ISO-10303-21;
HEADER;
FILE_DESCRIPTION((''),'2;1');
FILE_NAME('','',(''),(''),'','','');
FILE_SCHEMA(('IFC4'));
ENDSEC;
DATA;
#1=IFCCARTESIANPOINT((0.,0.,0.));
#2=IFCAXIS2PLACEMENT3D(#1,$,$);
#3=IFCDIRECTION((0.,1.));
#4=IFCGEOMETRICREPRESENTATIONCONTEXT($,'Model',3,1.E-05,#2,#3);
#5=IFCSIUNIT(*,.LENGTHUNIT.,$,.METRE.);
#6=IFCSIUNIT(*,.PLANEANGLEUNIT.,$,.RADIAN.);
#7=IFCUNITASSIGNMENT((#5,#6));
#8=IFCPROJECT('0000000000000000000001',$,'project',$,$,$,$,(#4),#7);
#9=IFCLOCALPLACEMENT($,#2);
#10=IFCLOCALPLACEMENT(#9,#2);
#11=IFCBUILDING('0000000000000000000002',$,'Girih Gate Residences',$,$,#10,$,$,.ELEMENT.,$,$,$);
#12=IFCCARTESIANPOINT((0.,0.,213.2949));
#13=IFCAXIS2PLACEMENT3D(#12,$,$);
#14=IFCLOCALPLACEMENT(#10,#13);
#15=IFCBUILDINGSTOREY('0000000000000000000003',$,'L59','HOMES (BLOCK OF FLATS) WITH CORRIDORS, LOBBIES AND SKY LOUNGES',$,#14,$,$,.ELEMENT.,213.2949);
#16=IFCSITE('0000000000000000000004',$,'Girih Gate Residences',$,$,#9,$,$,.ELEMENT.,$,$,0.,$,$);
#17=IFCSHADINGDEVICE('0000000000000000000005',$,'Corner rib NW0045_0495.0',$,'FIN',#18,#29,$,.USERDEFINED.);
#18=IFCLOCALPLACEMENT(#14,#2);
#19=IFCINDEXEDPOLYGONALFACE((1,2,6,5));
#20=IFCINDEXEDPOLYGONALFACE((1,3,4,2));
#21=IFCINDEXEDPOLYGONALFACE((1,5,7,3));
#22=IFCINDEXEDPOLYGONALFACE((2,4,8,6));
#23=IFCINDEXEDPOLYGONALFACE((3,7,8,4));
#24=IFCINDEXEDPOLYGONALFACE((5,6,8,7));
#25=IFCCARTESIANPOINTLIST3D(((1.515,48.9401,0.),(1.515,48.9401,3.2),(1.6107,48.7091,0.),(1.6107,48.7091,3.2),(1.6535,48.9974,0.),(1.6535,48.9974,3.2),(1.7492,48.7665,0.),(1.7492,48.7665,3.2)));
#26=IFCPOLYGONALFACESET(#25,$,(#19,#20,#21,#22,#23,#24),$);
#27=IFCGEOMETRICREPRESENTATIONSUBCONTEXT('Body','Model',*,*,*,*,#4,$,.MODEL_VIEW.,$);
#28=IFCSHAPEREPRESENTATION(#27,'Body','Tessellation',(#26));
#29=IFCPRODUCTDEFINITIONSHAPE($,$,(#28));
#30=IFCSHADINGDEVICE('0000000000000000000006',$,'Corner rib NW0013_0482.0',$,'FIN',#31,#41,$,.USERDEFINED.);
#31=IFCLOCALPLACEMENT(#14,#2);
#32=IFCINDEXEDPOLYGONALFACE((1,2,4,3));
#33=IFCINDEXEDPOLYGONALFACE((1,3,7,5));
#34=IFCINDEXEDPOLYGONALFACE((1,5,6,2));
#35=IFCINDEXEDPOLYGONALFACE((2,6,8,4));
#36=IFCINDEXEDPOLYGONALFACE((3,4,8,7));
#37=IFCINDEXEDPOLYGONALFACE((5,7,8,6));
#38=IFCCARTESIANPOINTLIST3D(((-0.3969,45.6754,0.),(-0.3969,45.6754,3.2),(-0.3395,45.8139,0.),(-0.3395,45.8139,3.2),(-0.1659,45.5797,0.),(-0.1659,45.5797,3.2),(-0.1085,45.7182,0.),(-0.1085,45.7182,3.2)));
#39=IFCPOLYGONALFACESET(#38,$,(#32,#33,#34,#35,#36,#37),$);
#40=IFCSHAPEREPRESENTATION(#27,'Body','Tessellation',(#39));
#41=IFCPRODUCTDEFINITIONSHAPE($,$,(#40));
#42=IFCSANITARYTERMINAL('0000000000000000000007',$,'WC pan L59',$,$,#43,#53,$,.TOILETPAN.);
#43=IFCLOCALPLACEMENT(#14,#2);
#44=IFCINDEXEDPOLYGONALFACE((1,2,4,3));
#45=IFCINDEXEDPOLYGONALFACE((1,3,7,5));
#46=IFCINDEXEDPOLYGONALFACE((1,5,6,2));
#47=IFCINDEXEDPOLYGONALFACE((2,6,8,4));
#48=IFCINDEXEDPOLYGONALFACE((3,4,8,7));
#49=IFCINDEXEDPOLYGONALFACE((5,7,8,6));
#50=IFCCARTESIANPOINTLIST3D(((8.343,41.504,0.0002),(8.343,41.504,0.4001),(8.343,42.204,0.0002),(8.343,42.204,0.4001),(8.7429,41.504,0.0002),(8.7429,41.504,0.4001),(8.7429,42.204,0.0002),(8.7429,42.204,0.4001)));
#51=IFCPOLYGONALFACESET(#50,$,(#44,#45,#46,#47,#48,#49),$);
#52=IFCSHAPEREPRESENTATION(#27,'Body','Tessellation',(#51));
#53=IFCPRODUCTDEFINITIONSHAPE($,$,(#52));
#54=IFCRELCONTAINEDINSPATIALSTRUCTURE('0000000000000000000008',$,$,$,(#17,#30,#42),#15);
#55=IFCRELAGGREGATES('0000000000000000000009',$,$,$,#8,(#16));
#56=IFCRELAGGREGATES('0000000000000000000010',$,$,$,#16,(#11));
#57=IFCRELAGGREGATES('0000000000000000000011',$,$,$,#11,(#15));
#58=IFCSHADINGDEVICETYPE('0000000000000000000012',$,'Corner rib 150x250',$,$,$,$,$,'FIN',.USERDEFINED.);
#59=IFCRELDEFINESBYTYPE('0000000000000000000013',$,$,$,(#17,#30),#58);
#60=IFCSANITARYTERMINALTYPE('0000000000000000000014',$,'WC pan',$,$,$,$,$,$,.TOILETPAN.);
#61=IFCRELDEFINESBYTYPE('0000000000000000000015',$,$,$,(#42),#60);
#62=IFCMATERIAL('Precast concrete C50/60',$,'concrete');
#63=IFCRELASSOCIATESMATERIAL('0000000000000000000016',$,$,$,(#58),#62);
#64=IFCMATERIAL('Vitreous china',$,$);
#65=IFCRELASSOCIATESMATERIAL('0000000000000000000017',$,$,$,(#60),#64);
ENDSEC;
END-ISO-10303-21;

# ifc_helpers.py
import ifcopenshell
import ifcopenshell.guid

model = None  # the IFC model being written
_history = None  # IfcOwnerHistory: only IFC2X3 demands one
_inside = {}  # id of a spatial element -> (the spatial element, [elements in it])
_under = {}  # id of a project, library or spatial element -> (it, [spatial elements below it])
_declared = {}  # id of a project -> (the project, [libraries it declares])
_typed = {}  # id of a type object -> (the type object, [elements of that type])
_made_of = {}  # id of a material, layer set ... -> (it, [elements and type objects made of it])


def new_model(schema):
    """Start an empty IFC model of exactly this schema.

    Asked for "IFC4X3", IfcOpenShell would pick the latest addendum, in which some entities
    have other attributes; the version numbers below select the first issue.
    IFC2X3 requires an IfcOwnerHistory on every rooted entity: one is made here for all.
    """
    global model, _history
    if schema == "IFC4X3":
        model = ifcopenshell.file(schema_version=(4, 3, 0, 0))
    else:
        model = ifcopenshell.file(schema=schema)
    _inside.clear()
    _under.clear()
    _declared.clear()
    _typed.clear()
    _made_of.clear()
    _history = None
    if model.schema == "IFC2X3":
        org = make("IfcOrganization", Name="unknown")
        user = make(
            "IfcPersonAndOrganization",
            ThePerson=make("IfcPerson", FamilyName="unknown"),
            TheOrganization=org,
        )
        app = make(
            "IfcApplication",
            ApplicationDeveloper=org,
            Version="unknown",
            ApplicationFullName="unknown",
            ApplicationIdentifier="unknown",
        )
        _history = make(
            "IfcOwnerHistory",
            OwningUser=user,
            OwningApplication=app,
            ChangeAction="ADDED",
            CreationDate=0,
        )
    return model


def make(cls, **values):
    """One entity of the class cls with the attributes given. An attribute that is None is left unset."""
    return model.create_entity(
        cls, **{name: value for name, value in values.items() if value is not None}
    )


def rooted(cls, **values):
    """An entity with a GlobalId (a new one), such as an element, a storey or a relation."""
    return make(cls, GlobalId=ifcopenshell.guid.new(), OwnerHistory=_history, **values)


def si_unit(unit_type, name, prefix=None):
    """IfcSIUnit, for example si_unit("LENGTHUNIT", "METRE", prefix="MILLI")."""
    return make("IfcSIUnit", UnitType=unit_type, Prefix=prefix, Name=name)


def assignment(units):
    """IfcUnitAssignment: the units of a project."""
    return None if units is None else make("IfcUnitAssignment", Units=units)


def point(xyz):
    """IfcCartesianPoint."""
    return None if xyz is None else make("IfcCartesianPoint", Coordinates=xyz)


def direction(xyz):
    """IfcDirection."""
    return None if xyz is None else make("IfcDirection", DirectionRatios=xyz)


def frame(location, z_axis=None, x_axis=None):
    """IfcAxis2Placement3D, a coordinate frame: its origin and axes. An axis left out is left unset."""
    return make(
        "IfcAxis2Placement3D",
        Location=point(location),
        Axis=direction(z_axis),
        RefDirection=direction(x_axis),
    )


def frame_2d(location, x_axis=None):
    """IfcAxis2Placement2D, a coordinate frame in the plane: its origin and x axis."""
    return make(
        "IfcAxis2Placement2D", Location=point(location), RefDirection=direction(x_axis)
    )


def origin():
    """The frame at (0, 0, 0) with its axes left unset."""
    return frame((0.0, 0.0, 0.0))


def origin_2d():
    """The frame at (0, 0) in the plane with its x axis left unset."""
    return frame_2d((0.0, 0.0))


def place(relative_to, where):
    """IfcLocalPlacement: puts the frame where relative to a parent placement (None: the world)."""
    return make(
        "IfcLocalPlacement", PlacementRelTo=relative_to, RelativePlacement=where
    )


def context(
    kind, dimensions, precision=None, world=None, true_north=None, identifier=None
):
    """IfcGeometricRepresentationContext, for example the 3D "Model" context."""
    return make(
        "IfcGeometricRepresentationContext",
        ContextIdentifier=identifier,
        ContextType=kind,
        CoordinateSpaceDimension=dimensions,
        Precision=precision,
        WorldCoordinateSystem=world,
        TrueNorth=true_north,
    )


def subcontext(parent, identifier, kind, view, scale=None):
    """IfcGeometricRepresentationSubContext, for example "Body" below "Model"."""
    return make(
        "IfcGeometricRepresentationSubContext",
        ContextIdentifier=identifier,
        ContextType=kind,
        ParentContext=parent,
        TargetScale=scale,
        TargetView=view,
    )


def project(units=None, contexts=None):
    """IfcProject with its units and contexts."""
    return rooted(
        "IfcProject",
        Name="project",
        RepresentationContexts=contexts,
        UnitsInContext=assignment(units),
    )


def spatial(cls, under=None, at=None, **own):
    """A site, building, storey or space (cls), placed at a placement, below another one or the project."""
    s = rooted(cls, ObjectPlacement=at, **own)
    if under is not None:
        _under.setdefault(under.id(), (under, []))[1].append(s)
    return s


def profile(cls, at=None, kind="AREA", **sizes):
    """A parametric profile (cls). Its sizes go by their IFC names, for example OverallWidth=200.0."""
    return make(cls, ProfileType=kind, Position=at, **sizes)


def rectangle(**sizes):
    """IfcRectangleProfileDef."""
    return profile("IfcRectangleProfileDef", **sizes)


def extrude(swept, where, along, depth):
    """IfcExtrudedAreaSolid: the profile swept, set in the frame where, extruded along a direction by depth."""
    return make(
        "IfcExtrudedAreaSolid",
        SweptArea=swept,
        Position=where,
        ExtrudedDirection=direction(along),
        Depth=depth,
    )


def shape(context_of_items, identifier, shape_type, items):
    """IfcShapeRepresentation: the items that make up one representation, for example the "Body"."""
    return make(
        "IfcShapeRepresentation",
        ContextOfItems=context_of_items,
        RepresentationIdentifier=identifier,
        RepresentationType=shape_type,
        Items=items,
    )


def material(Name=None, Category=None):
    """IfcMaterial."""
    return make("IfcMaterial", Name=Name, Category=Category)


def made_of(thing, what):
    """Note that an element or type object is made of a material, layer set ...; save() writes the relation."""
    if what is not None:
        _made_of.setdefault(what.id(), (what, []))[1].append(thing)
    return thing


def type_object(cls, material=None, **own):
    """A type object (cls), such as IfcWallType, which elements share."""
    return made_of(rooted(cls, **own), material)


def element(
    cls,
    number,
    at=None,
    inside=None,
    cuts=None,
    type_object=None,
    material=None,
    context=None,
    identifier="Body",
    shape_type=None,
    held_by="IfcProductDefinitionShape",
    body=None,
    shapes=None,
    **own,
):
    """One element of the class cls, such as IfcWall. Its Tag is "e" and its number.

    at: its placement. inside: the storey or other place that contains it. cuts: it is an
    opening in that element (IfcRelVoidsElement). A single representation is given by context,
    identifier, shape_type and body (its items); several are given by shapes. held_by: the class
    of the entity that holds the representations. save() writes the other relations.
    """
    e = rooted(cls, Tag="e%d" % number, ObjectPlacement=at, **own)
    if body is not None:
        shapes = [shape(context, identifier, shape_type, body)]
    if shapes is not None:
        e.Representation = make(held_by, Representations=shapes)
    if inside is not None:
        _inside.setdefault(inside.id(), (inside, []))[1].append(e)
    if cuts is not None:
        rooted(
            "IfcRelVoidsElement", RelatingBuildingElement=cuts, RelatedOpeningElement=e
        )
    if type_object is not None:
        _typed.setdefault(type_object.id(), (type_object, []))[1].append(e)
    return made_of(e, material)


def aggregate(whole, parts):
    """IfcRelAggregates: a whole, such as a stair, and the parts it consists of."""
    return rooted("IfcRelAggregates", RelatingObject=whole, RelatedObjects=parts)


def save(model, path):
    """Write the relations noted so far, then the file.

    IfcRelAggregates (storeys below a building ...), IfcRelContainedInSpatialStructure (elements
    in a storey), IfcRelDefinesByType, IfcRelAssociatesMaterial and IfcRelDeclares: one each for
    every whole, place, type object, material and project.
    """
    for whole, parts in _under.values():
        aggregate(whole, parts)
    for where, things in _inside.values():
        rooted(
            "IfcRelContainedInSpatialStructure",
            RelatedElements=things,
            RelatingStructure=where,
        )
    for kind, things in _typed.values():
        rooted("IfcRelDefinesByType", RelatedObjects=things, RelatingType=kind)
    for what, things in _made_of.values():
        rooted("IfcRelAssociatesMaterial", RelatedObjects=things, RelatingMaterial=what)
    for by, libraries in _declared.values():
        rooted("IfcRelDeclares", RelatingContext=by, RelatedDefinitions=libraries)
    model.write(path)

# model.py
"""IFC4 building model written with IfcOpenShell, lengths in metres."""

from ifc_helpers import new_model, si_unit, direction, frame, origin, origin_2d, place, context, subcontext, project, spatial, rectangle, extrude, material, type_object, element, save


model = new_model("IFC4")

# Units and contexts
model_context = context("Model", 3, precision=1e-05, world=origin(), true_north=direction((0.0, 1.0)))
body_context = subcontext(model_context, "Body", "Model", "MODEL_VIEW")
ifc_project = project(units=[si_unit("LENGTHUNIT", "METRE"), si_unit("PLANEANGLEUNIT", "RADIAN")], contexts=[model_context])

# Site, building, storey
site_placement = place(None, origin())
site = spatial("IfcSite", under=ifc_project, at=site_placement, Name="Girih Gate Residences", CompositionType="ELEMENT", RefElevation=0.0)
building_placement = place(site_placement, origin())
building = spatial("IfcBuilding", under=site, at=building_placement, Name="Girih Gate Residences", CompositionType="ELEMENT")
storey_placement = place(building_placement, frame((0.0, 0.0, 213.2949)))
storey = spatial("IfcBuildingStorey", under=building, at=storey_placement, Name="L59", Description="HOMES (BLOCK OF FLATS) WITH CORRIDORS, LOBBIES AND SKY LOUNGES", CompositionType="ELEMENT", Elevation=213.2949)

# Shared definitions
ifc_material_1 = material(Name="Precast concrete C50/60", Category="concrete")

# Shading devices
shading_device_type = type_object("IfcShadingDeviceType", Name="Corner rib 150x250", ElementType="FIN", PredefinedType="USERDEFINED", material=ifc_material_1)
for number, where, z_axis, x_axis, name in (
    (1, (1.6321, 48.8533, 0.0), (0.0, 0.0, 1.0), (-0.92388, -0.382683, 0.0), "Corner rib NW0045_0495.0"),
    (2, (-0.2527, 45.6968, 0.0), (0.0, 0.0, 1.0), (-0.382683, -0.92388, 0.0), "Corner rib NW0013_0482.0"),
):
    element("IfcShadingDevice", number, at=place(storey_placement, frame(where, z_axis=z_axis, x_axis=x_axis)), inside=storey, type_object=shading_device_type, Name=name, ObjectType="FIN", PredefinedType="USERDEFINED", context=body_context, shape_type="SweptSolid", body=[
        extrude(rectangle(XDim=0.1499, YDim=0.25, at=origin_2d()), origin(), (0.0, 0.0, 1.0), 3.2),
    ])

# Sanitary terminal
ifc_material_2 = material(Name="Vitreous china")
sanitary_terminal_type = type_object("IfcSanitaryTerminalType", Name="WC pan", PredefinedType="TOILETPAN", material=ifc_material_2)
sanitary_terminal_placement = place(storey_placement, frame((8.543, 41.854, 0.0002), z_axis=(0.0, 0.0, 1.0), x_axis=(1.0, 0.0, 0.0)))
element("IfcSanitaryTerminal", 3, at=sanitary_terminal_placement, inside=storey, type_object=sanitary_terminal_type, Name="WC pan L59", PredefinedType="TOILETPAN", context=body_context, shape_type="SweptSolid", body=[
    extrude(rectangle(XDim=0.3999, YDim=0.7, at=origin_2d()), origin(), (0.0, 0.0, 1.0), 0.3999),
])

save(model, "model.ifc")
